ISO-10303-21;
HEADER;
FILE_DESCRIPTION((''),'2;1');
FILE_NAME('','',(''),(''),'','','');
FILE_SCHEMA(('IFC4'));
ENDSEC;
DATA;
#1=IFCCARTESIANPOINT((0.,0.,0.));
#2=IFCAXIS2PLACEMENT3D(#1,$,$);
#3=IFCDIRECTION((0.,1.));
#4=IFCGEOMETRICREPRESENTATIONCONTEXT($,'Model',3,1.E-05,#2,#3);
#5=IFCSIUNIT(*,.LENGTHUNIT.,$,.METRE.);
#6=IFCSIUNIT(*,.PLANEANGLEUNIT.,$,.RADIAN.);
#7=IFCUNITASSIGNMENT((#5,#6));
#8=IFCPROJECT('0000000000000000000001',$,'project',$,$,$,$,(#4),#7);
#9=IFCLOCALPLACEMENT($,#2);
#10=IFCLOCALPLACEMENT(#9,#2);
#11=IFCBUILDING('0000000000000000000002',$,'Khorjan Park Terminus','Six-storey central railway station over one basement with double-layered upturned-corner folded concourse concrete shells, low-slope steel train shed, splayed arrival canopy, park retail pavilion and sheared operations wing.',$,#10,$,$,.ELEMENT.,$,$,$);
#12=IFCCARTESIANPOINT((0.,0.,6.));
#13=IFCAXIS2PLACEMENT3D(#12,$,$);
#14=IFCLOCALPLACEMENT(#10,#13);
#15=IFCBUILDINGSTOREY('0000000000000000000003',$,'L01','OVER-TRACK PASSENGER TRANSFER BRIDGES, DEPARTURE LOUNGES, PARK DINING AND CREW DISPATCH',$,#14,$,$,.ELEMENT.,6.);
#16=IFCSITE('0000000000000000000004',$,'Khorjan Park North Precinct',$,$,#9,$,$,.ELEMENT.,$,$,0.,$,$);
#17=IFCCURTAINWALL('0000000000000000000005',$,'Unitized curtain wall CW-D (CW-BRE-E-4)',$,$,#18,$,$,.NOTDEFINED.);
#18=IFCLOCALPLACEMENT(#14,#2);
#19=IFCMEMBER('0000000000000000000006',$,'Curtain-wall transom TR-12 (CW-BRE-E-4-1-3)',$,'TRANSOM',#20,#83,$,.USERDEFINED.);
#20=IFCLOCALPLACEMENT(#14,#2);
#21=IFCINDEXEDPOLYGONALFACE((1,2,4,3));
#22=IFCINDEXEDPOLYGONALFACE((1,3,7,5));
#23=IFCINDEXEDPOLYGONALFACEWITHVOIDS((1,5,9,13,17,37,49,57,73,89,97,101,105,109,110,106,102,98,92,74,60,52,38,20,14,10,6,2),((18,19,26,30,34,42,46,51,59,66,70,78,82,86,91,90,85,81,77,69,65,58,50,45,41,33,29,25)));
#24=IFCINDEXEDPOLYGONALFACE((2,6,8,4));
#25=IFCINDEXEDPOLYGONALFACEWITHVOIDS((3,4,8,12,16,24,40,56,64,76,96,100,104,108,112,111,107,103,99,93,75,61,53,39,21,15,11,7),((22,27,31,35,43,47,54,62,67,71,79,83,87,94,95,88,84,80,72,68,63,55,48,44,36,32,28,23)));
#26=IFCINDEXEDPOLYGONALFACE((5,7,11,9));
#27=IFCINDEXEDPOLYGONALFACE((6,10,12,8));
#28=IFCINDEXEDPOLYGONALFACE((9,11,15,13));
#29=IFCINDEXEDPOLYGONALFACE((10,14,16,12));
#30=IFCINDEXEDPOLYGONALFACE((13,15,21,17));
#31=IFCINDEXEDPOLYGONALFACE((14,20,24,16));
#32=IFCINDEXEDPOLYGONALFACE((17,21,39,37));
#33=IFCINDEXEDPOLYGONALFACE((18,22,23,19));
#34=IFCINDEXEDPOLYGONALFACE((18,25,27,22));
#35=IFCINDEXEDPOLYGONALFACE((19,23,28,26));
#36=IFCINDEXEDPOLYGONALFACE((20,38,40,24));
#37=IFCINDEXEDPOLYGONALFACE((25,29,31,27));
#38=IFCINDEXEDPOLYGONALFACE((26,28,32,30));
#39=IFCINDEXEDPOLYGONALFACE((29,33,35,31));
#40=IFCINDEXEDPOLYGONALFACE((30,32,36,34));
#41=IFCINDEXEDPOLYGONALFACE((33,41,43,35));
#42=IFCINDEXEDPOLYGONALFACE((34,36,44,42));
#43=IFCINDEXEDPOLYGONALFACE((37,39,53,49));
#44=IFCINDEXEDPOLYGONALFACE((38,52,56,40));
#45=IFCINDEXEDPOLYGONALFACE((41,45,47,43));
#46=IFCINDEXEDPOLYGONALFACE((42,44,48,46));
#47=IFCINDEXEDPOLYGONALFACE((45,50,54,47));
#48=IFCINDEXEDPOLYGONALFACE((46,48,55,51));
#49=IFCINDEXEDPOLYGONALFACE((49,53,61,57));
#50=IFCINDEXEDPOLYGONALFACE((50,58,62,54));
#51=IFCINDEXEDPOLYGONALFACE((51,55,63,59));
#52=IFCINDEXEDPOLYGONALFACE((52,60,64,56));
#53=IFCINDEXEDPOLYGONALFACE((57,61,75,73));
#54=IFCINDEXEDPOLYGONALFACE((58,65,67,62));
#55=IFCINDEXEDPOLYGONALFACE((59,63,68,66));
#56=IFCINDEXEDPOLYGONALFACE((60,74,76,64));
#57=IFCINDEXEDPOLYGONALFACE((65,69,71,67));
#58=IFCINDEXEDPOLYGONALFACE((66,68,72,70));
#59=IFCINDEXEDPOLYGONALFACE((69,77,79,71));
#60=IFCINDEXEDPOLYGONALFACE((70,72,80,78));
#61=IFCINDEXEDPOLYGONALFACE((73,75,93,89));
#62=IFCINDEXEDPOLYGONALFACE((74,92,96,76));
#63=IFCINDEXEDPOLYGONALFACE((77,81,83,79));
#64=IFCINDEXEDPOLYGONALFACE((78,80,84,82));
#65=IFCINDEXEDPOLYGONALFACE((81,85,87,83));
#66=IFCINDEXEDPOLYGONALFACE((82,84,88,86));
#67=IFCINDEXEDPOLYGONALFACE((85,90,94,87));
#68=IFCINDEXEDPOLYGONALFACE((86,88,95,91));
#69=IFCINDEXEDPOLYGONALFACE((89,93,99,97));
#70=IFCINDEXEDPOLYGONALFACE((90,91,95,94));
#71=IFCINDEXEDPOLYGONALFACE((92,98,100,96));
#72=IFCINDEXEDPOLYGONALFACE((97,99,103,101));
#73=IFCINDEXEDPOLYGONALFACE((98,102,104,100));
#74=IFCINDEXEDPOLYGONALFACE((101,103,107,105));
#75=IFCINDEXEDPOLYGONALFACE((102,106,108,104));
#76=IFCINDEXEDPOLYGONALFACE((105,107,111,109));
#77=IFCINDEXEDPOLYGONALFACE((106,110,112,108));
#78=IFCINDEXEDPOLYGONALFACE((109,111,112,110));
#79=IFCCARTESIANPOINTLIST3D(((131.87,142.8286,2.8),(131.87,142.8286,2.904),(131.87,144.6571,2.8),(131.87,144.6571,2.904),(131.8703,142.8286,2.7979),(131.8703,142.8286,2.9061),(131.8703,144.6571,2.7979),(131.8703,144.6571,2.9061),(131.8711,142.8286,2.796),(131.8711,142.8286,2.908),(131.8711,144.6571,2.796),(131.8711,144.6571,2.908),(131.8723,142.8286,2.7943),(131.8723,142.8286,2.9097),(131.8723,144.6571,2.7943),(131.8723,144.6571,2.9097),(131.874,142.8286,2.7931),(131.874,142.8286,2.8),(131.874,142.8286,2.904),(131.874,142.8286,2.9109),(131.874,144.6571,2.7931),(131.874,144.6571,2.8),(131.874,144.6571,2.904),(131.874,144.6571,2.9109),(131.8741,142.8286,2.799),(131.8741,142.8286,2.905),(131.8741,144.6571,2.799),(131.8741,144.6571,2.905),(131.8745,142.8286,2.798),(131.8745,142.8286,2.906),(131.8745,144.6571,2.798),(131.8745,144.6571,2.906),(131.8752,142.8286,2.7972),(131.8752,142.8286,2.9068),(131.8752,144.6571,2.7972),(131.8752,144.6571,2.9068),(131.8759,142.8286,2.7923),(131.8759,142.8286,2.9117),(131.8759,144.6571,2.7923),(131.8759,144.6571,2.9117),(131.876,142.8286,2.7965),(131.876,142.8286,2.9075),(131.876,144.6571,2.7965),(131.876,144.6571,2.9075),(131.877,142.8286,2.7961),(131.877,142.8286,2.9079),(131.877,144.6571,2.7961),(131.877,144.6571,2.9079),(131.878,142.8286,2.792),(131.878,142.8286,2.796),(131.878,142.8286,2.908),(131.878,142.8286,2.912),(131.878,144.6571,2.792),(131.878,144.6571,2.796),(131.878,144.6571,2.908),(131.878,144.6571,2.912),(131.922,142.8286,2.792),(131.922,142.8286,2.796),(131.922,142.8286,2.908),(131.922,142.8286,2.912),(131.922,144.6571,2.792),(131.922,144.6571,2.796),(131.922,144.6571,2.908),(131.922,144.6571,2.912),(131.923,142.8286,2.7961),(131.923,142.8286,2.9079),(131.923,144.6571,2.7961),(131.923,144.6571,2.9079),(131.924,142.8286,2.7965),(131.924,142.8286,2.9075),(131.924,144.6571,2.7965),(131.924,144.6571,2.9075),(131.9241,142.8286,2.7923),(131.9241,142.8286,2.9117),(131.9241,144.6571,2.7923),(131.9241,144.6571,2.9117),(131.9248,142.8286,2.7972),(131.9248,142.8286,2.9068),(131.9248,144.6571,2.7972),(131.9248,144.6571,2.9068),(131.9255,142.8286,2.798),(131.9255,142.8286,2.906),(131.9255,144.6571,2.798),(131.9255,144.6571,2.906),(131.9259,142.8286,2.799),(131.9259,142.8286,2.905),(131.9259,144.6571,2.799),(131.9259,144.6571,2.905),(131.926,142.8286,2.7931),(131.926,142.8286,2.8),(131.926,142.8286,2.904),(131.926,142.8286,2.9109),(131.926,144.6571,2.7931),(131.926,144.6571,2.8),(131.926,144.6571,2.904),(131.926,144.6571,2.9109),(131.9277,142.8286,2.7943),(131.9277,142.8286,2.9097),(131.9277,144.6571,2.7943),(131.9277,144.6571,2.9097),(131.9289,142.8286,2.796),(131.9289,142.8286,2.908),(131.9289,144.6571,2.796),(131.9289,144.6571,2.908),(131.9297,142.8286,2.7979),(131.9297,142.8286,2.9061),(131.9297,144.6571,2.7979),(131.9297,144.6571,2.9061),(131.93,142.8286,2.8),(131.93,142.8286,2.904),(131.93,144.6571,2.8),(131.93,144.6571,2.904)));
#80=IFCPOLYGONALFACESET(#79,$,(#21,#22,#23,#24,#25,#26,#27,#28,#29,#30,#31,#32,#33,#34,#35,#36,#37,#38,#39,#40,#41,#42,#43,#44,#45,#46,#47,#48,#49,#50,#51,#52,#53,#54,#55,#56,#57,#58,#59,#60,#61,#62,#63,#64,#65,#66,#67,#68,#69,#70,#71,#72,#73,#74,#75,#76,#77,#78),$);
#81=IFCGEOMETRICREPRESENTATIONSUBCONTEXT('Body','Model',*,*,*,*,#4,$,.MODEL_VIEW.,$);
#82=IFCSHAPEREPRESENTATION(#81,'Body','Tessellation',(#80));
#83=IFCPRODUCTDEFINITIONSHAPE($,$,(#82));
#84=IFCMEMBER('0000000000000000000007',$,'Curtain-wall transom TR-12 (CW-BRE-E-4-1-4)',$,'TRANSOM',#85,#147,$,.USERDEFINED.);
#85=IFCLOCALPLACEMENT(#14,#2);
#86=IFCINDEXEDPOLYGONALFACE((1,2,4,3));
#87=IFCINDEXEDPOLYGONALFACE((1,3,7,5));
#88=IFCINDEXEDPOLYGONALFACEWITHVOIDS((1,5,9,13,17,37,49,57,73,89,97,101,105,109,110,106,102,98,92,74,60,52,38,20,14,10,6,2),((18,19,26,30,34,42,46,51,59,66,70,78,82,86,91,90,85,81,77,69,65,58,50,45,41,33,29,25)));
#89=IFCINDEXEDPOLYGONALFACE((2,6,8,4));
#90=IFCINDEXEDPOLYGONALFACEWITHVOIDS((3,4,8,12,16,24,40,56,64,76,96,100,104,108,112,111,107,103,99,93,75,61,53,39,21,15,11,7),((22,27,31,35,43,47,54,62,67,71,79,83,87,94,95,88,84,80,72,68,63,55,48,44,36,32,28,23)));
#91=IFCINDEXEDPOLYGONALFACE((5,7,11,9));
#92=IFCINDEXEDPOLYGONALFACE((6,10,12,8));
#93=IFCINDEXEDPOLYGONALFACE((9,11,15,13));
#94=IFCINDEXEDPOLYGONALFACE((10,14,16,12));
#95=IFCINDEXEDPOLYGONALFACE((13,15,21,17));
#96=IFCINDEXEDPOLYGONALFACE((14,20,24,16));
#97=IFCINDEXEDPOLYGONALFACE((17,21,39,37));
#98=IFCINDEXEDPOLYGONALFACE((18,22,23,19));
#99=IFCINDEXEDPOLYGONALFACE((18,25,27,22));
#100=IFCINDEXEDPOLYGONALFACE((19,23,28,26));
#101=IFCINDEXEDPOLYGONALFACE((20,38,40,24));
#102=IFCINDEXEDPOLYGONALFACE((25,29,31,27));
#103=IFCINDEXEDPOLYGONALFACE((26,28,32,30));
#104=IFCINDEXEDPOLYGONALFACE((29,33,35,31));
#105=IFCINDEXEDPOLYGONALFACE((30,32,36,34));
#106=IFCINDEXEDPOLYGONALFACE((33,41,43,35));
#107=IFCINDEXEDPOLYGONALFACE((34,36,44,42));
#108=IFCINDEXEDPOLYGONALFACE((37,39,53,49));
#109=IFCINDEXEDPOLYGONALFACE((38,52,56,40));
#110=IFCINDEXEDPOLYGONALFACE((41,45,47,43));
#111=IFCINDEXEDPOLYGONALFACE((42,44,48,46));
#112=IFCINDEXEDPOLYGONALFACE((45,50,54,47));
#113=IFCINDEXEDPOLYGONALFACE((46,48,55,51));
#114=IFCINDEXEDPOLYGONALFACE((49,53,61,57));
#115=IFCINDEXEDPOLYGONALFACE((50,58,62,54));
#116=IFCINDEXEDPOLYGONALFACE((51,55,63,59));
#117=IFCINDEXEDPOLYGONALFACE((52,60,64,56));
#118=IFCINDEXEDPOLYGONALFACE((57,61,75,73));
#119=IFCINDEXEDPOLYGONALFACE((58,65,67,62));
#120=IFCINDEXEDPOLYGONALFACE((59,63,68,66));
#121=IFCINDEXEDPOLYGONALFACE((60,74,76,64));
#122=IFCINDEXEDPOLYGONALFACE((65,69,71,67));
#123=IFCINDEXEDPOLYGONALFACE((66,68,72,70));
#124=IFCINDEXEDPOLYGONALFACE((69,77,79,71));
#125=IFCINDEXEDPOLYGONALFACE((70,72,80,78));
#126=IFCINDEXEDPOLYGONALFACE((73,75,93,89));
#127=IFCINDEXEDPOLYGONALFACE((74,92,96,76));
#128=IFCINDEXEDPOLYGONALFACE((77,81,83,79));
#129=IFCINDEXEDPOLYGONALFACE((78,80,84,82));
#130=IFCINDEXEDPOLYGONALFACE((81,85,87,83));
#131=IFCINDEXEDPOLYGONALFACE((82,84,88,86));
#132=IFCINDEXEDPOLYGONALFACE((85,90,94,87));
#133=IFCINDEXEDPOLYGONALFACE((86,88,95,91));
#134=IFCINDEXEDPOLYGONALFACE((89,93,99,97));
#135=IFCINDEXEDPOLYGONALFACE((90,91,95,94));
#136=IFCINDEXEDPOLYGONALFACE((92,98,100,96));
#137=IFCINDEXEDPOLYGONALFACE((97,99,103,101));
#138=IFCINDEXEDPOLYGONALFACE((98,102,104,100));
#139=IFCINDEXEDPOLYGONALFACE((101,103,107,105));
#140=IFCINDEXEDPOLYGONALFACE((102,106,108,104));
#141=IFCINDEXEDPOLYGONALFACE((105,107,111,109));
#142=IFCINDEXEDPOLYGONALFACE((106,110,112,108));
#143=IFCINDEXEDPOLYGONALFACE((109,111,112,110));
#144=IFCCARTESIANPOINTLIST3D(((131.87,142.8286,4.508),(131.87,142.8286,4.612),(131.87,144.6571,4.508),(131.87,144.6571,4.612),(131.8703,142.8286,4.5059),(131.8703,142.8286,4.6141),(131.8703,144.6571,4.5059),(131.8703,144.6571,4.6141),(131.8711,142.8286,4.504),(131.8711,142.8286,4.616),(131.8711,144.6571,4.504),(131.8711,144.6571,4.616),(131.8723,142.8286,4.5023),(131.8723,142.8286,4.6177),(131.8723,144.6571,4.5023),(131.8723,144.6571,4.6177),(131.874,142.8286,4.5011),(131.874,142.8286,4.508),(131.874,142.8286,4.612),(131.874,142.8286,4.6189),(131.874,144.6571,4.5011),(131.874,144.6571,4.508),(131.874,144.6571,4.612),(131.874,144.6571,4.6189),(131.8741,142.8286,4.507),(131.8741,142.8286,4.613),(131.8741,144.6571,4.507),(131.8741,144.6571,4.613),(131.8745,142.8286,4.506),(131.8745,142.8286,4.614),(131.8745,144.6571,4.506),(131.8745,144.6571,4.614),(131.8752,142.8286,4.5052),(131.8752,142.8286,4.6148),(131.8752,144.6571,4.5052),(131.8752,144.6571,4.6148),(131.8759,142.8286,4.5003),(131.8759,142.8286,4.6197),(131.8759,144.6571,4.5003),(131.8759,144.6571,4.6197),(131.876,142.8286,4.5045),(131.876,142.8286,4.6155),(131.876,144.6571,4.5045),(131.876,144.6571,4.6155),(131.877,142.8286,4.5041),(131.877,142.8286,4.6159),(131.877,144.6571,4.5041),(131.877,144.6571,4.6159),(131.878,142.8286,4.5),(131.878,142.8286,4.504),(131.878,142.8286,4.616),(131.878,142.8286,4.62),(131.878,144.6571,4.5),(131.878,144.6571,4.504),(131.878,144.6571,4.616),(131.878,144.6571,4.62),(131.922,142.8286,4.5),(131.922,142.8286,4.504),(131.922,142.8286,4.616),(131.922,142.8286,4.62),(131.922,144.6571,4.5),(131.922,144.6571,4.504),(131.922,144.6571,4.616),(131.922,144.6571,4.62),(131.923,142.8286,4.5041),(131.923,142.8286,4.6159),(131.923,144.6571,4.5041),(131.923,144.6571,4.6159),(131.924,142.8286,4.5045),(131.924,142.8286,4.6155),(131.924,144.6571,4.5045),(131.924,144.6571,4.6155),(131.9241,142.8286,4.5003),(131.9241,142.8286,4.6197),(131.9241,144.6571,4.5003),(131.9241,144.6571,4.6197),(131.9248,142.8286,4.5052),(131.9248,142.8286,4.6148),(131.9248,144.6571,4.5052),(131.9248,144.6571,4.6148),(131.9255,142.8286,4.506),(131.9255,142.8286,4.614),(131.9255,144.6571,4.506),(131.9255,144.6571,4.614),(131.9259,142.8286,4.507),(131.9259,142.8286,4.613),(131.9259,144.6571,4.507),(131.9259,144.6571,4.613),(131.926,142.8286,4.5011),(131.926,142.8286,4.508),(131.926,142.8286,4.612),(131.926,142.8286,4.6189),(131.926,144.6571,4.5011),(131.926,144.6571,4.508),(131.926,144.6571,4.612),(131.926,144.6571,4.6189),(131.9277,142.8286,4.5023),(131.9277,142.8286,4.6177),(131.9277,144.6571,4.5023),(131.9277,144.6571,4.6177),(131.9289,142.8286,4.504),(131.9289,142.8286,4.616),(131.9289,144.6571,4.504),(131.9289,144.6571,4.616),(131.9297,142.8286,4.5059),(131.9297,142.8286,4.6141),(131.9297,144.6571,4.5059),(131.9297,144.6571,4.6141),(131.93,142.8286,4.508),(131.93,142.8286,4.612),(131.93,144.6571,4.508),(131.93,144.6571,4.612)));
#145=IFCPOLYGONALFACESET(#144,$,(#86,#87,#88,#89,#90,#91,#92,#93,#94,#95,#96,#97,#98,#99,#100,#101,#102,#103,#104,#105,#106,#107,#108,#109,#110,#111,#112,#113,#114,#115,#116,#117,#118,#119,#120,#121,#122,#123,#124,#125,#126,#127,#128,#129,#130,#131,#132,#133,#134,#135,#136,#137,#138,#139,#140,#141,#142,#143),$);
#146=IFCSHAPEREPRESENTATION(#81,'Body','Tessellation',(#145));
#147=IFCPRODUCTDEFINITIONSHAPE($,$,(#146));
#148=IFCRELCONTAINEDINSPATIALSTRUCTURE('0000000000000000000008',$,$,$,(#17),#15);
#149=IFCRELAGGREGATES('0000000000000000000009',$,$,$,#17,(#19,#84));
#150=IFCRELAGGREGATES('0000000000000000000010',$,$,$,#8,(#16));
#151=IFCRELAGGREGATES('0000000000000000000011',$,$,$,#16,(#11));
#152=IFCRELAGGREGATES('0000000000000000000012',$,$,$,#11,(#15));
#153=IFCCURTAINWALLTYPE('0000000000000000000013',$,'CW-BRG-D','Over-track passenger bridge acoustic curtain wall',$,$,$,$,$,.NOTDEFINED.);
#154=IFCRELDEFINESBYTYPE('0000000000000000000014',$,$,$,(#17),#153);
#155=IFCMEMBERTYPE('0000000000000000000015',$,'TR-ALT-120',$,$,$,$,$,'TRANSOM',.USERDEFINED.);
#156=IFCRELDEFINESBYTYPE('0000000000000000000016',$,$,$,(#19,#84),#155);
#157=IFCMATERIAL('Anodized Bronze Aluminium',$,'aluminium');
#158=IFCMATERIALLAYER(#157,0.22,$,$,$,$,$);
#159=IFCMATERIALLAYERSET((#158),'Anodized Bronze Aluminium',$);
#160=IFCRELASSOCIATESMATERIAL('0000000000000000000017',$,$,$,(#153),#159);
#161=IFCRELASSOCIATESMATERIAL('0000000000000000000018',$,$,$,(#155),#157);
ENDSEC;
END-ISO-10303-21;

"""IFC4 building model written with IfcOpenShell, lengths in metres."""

from ifc_helpers import new_model, si_unit, direction, frame, origin, origin_2d, place, context, subcontext, project, spatial, hollow_rectangle, extrude, material, layer, layer_set, material_profile, profile_set, type_object, element, aggregate, save


model = new_model("IFC4")

# Units and contexts
model_context = context("Model", 3, precision=1e-05, world=origin(), true_north=direction((0.0, 1.0)))
body_context = subcontext(model_context, "Body", "Model", "MODEL_VIEW")
ifc_project = project(units=[si_unit("LENGTHUNIT", "METRE"), si_unit("PLANEANGLEUNIT", "RADIAN")], contexts=[model_context])

# Site, building, storey
site_placement = place(None, origin())
site = spatial("IfcSite", under=ifc_project, at=site_placement, Name="Khorjan Park North Precinct", CompositionType="ELEMENT", RefElevation=0.0)
building_placement = place(site_placement, origin())
building = spatial("IfcBuilding", under=site, at=building_placement, Name="Khorjan Park Terminus", Description="Six-storey central railway station over one basement with double-layered upturned-corner folded concourse concrete shells, low-slope steel train shed, splayed arrival canopy, park retail pavilion and sheared operations wing.", CompositionType="ELEMENT")
storey_placement = place(building_placement, frame((0.0, 0.0, 6.0)))
storey = spatial("IfcBuildingStorey", under=building, at=storey_placement, Name="L01", Description="OVER-TRACK PASSENGER TRANSFER BRIDGES, DEPARTURE LOUNGES, PARK DINING AND CREW DISPATCH", CompositionType="ELEMENT", Elevation=6.0)

# Shared definitions
ifc_material_1 = material(Name="Anodized Bronze Aluminium", Category="aluminium")
ifc_layer_1 = layer(ifc_material_1, 0.22)
ifc_layer_set_1 = layer_set([ifc_layer_1], Name="Anodized Bronze Aluminium")
curtain_wall_type = type_object("IfcCurtainWallType", Name="CW-BRG-D", Description="Over-track passenger bridge acoustic curtain wall", PredefinedType="NOTDEFINED", material=ifc_layer_set_1)

# Curtain wall
curtain_wall_1_placement = place(storey_placement, origin())
curtain_wall_1 = element("IfcCurtainWall", 1, at=curtain_wall_1_placement, inside=storey, type_object=curtain_wall_type, Name="Unitized curtain wall CW-D (CW-BRE-E-4)", PredefinedType="NOTDEFINED")

# Members
ifc_material_profile_1 = material_profile(ifc_material_1, hollow_rectangle(XDim=0.06, YDim=0.12, WallThickness=0.004, InnerFilletRadius=0.004, OuterFilletRadius=0.008, at=origin_2d()), Name="ALT 60x120x4")
ifc_profile_set_1 = profile_set([ifc_material_profile_1], Name="Anodized Bronze Aluminium")
member_type_1 = type_object("IfcMemberType", Name="TR-ALT-120", ElementType="TRANSOM", PredefinedType="USERDEFINED", material=ifc_profile_set_1)
member_1_placement = place(storey_placement, frame((131.9, 142.8286, 2.852), z_axis=(0.0, 1.0, 0.0), x_axis=(-1.0, 0.0, 0.0)))
member_1 = element("IfcMember", 2, at=member_1_placement, type_object=member_type_1, Name="Curtain-wall transom TR-12 (CW-BRE-E-4-1-3)", ObjectType="TRANSOM", PredefinedType="USERDEFINED", context=body_context, shape_type="SweptSolid", body=[
    extrude(hollow_rectangle(XDim=0.06, YDim=0.12, WallThickness=0.004, InnerFilletRadius=0.004, OuterFilletRadius=0.008, at=origin_2d()), origin(), (0.0, 0.0, 1.0), 1.8285),
])
member_2_placement = place(storey_placement, frame((131.9, 142.8286, 4.56), z_axis=(0.0, 1.0, 0.0), x_axis=(-1.0, 0.0, 0.0)))
member_2 = element("IfcMember", 3, at=member_2_placement, type_object=member_type_1, Name="Curtain-wall transom TR-12 (CW-BRE-E-4-1-4)", ObjectType="TRANSOM", PredefinedType="USERDEFINED", context=body_context, shape_type="SweptSolid", body=[
    extrude(hollow_rectangle(XDim=0.06, YDim=0.12, WallThickness=0.004, InnerFilletRadius=0.004, OuterFilletRadius=0.008, at=origin_2d()), origin(), (0.0, 0.0, 1.0), 1.8285),
])

aggregate(curtain_wall_1, [member_1, member_2])

save(model, "model.ifc")
